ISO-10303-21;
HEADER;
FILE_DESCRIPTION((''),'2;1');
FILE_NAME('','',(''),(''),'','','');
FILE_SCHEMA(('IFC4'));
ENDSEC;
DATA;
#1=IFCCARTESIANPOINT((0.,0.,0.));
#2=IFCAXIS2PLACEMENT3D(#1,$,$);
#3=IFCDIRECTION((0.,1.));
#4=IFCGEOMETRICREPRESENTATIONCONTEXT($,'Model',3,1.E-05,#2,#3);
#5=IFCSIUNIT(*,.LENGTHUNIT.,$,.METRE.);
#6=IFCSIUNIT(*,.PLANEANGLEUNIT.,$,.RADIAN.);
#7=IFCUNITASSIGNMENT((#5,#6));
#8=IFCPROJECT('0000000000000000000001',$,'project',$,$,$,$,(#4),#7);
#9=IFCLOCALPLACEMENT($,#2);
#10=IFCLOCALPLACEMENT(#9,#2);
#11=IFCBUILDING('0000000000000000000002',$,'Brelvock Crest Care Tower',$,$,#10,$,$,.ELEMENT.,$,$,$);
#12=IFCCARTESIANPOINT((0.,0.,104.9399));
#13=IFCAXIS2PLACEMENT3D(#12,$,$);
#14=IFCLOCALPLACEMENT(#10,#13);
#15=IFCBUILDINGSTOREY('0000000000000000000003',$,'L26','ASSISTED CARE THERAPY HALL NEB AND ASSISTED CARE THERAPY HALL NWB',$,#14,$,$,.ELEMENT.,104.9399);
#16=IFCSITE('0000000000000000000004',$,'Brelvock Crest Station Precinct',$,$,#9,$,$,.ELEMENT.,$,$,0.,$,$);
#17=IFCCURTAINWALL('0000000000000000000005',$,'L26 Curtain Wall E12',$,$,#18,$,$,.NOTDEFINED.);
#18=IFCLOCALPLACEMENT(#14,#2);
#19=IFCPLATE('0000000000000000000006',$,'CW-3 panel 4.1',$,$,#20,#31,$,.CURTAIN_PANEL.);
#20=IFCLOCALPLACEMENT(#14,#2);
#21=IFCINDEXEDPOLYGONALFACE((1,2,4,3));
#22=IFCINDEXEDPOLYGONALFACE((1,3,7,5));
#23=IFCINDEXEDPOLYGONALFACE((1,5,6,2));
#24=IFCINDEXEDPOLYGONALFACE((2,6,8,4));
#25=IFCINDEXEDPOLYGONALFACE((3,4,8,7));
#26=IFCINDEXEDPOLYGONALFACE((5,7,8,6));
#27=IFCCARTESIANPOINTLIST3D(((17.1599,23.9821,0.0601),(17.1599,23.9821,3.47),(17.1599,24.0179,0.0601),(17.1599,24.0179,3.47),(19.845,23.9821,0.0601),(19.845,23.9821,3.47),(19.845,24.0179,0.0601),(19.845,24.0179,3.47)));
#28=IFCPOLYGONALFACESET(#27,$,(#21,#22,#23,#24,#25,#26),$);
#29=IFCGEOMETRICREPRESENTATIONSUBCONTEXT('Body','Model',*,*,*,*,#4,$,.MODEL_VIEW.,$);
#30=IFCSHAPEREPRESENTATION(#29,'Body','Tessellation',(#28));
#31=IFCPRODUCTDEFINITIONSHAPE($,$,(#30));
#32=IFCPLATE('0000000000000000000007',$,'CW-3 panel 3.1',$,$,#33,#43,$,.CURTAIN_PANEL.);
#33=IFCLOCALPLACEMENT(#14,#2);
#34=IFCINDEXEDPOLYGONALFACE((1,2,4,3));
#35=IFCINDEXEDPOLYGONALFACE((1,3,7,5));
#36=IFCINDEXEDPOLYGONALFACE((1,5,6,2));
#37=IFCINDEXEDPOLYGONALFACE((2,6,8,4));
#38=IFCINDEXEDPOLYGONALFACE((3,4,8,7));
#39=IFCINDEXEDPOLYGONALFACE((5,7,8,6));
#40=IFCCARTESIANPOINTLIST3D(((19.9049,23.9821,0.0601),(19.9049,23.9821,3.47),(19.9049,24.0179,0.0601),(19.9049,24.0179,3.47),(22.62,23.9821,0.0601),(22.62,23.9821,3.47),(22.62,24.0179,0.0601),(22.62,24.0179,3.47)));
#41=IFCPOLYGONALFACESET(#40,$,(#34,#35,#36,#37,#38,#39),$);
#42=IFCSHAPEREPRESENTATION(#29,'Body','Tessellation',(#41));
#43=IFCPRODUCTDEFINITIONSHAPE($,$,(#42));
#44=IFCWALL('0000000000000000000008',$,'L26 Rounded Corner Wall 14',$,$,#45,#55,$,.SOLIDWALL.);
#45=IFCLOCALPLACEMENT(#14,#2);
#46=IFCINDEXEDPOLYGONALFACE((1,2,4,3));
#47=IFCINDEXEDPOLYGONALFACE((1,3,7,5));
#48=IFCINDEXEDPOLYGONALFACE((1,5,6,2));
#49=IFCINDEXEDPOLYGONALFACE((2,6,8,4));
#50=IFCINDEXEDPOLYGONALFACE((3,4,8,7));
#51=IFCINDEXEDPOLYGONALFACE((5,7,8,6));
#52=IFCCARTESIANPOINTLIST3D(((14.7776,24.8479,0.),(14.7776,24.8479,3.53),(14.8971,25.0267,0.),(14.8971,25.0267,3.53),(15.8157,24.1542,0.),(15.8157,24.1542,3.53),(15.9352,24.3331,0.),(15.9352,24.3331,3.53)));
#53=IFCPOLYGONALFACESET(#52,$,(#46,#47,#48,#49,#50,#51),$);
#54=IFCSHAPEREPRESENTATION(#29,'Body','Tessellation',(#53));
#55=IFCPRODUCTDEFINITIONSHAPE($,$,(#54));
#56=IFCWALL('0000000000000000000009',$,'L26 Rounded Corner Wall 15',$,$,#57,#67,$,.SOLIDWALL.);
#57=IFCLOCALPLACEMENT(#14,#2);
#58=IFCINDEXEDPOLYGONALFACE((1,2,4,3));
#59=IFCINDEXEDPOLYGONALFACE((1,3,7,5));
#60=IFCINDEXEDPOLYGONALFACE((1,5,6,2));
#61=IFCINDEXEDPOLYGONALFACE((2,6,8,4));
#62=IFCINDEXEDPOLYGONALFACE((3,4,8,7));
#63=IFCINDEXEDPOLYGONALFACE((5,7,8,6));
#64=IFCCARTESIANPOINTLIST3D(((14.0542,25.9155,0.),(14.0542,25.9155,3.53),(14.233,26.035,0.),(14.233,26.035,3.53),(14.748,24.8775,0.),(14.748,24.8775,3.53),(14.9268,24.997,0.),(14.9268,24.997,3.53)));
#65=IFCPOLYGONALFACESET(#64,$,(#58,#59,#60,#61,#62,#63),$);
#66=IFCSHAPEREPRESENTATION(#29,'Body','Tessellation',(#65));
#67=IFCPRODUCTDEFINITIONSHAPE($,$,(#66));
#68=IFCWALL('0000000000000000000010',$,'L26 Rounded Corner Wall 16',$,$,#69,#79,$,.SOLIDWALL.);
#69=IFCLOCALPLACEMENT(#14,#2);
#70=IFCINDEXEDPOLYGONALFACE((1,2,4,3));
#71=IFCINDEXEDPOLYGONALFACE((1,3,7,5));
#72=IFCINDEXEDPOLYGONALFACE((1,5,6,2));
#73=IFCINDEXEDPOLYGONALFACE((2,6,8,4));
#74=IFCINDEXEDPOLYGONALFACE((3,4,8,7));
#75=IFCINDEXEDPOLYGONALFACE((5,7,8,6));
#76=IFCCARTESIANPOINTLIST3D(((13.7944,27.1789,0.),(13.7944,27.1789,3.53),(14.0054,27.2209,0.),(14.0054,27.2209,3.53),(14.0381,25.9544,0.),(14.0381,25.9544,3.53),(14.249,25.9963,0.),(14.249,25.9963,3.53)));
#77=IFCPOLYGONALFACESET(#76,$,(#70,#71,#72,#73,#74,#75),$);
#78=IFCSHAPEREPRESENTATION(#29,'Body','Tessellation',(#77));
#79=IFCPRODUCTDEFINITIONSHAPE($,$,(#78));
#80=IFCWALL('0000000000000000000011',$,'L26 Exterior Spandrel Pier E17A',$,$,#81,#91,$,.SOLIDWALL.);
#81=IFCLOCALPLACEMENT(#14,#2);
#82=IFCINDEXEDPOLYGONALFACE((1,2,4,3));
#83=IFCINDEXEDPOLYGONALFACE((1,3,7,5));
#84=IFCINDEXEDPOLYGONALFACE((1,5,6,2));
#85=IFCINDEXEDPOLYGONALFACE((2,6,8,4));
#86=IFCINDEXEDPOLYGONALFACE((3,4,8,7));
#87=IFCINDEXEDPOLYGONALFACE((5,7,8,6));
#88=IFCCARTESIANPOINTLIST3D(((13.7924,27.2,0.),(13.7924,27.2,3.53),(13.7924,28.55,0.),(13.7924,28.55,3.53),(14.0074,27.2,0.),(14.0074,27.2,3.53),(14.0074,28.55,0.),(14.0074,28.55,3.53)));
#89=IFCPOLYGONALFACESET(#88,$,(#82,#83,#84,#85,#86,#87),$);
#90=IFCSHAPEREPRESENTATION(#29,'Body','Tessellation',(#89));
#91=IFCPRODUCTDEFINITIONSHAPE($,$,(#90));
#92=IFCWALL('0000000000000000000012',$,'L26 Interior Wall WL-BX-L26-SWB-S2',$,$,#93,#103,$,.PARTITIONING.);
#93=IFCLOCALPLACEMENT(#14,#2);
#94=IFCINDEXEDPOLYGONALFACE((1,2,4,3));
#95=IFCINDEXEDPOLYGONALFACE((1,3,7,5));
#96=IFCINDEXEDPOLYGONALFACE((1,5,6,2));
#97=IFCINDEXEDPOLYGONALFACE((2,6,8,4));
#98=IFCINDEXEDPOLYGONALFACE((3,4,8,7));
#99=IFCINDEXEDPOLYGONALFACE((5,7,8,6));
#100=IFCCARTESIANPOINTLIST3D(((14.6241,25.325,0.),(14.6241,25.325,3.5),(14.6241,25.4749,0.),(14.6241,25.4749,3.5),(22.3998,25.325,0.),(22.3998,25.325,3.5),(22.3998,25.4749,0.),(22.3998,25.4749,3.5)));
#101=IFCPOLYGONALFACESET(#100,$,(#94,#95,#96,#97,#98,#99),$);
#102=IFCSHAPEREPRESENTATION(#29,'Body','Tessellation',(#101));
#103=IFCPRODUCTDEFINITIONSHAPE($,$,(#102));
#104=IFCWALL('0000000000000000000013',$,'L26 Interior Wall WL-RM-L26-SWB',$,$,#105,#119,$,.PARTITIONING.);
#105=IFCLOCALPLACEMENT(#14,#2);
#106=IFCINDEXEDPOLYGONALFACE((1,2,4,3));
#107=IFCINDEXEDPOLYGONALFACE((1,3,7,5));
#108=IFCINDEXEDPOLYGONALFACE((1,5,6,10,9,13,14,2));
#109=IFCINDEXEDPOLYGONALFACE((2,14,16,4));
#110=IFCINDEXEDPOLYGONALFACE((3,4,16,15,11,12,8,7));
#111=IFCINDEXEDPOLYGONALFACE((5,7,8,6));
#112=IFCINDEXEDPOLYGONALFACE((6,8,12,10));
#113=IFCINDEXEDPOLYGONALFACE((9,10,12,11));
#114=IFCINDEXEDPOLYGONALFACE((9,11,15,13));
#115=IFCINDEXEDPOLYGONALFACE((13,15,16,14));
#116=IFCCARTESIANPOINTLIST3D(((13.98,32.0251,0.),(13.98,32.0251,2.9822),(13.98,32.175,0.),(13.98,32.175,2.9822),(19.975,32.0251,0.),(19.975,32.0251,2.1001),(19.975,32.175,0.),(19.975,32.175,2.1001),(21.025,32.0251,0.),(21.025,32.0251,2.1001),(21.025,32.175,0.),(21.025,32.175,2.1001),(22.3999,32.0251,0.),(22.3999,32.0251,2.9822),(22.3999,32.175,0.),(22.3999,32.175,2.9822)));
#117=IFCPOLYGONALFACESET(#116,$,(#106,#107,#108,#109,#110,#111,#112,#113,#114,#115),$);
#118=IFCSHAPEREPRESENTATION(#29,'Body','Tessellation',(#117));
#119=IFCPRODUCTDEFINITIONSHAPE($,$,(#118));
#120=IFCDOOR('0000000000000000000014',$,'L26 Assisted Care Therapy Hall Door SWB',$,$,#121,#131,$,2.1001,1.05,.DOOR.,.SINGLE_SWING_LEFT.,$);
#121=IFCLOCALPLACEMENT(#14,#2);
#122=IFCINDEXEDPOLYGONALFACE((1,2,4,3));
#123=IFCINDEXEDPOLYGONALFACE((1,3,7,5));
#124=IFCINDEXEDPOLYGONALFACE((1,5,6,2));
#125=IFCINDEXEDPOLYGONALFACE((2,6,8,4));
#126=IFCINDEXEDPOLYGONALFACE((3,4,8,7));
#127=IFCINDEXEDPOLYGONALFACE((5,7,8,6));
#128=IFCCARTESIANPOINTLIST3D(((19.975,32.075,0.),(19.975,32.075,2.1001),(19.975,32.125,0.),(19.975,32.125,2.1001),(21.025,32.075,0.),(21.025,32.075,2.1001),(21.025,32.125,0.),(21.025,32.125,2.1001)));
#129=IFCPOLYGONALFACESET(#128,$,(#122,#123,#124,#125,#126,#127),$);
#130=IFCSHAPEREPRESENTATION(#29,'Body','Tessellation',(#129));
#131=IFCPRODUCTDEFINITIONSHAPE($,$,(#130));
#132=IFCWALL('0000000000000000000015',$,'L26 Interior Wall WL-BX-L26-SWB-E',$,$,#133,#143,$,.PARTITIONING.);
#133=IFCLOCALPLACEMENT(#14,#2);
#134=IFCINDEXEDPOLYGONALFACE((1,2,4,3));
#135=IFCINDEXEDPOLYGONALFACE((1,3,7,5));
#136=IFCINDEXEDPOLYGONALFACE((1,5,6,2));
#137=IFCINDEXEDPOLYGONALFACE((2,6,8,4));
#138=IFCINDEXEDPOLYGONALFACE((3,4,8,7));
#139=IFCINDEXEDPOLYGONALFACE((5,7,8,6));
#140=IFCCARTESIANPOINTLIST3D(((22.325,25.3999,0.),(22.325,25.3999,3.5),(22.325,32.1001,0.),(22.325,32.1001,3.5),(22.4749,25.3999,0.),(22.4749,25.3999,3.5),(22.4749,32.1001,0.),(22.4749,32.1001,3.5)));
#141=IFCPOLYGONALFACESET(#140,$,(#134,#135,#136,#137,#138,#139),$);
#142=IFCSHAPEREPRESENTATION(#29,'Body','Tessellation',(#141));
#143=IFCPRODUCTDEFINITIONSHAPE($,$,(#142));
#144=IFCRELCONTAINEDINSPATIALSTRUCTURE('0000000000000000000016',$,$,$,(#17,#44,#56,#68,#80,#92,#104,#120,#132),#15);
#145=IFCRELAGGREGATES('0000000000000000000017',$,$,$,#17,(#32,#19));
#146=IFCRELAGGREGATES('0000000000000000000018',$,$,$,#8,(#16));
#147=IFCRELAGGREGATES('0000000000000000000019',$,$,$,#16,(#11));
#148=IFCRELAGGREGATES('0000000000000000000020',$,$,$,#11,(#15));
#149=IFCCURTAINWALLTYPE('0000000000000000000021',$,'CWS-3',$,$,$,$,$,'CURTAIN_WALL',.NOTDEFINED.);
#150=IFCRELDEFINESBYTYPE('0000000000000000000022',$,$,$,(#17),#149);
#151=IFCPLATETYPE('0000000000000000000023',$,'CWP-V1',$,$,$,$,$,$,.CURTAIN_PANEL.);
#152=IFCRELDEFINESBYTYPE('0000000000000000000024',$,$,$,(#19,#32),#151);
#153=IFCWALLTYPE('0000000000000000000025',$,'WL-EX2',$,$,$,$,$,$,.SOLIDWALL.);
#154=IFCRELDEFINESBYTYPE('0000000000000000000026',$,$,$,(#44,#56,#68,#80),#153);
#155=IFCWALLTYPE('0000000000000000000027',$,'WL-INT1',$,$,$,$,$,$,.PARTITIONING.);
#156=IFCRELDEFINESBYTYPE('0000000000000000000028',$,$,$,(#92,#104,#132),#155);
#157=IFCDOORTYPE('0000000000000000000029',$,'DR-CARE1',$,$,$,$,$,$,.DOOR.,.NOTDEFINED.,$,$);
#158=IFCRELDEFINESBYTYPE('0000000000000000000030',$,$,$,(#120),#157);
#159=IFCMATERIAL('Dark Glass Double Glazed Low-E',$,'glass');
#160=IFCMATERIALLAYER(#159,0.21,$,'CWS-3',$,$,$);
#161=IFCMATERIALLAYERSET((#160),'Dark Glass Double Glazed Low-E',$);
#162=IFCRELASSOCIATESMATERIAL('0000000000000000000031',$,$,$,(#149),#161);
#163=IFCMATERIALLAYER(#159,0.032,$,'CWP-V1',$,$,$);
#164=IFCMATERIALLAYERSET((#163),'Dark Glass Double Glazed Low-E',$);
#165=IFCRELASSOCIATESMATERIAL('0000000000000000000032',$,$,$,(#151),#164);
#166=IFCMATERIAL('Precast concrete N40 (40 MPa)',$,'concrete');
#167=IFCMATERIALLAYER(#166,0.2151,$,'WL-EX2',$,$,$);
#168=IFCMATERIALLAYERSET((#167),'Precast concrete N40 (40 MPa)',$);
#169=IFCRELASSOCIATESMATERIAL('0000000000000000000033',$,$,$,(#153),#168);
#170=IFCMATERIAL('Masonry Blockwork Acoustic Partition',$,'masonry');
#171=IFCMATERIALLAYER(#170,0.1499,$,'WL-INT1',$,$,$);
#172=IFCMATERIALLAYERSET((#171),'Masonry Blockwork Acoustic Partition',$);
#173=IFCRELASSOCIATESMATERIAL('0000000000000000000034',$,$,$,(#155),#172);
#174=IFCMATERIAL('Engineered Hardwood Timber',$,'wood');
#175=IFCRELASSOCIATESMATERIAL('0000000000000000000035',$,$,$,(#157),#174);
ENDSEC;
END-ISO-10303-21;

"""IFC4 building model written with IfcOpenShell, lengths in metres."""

from ifc_helpers import new_model, si_unit, direction, frame, frame_2d, origin, origin_2d, place, context, subcontext, project, spatial, rectangle, extrude, source, transform, mapped, material, layer, layer_set, type_object, element, fill, aggregate, save


model = new_model("IFC4")

# Units and contexts
model_context = context("Model", 3, precision=1e-05, world=origin(), true_north=direction((0.0, 1.0)))
body_context = subcontext(model_context, "Body", "Model", "MODEL_VIEW")
ifc_project = project(units=[si_unit("LENGTHUNIT", "METRE"), si_unit("PLANEANGLEUNIT", "RADIAN")], contexts=[model_context])

# Site, building, storey
site_placement = place(None, origin())
site = spatial("IfcSite", under=ifc_project, at=site_placement, Name="Brelvock Crest Station Precinct", CompositionType="ELEMENT", RefElevation=0.0)
building_placement = place(site_placement, origin())
building = spatial("IfcBuilding", under=site, at=building_placement, Name="Brelvock Crest Care Tower", CompositionType="ELEMENT")
storey_placement = place(building_placement, frame((0.0, 0.0, 104.9399)))
storey = spatial("IfcBuildingStorey", under=building, at=storey_placement, Name="L26", Description="ASSISTED CARE THERAPY HALL NEB AND ASSISTED CARE THERAPY HALL NWB", CompositionType="ELEMENT", Elevation=104.9399)

# Curtain wall, plates
ifc_material_1 = material(Name="Dark Glass Double Glazed Low-E", Category="glass")
ifc_layer_1 = layer(ifc_material_1, 0.21, Name="CWS-3")
ifc_layer_set_1 = layer_set([ifc_layer_1], Name="Dark Glass Double Glazed Low-E")
curtain_wall_type = type_object("IfcCurtainWallType", Name="CWS-3", ElementType="CURTAIN_WALL", PredefinedType="NOTDEFINED", material=ifc_layer_set_1)
curtain_wall_placement = place(storey_placement, origin())
curtain_wall = element("IfcCurtainWall", 1, at=curtain_wall_placement, inside=storey, type_object=curtain_wall_type, Name="L26 Curtain Wall E12", PredefinedType="NOTDEFINED")
ifc_layer_2 = layer(ifc_material_1, 0.032, Name="CWP-V1")
ifc_layer_set_2 = layer_set([ifc_layer_2], Name="Dark Glass Double Glazed Low-E")
plate_type = type_object("IfcPlateType", Name="CWP-V1", PredefinedType="CURTAIN_PANEL", material=ifc_layer_set_2)
shared_shape_1 = source(origin(), body_context, "Body", "SweptSolid", [
    extrude(rectangle(XDim=2.6851, YDim=0.0359, at=origin_2d()), origin(), (0.0, 0.0, 1.0), 3.4099),
])
plate_1_placement = place(storey_placement, frame((18.5024, 24.0, 0.0601), z_axis=(0.0, 0.0, 1.0), x_axis=(-1.0, 0.0, 0.0)))
plate_1 = element("IfcPlate", 2, at=plate_1_placement, type_object=plate_type, Name="CW-3 panel 4.1", PredefinedType="CURTAIN_PANEL", context=body_context, shape_type="MappedRepresentation", body=[
    mapped(shared_shape_1, transform((0.0, 0.0, 0.0), x_axis=(1.0, 0.0, 0.0), y_axis=(0.0, 1.0, 0.0), z_axis=(0.0, 0.0, 1.0), scale=1.0)),
])
shared_shape_2 = source(origin(), body_context, "Body", "SweptSolid", [
    extrude(rectangle(XDim=2.7151, YDim=0.0359, at=origin_2d()), origin(), (0.0, 0.0, 1.0), 3.4099),
])
plate_2_placement = place(storey_placement, frame((21.2625, 24.0, 0.0601), z_axis=(0.0, 0.0, 1.0), x_axis=(-1.0, 0.0, 0.0)))
plate_2 = element("IfcPlate", 3, at=plate_2_placement, type_object=plate_type, Name="CW-3 panel 3.1", PredefinedType="CURTAIN_PANEL", context=body_context, shape_type="MappedRepresentation", body=[
    mapped(shared_shape_2, transform((0.0, 0.0, 0.0), x_axis=(1.0, 0.0, 0.0), y_axis=(0.0, 1.0, 0.0), z_axis=(0.0, 0.0, 1.0), scale=1.0)),
])
aggregate(curtain_wall, [plate_2, plate_1])

# Shared definitions
ifc_material_2 = material(Name="Precast concrete N40 (40 MPa)", Category="concrete")

# Walls
ifc_layer_3 = layer(ifc_material_2, 0.2151, Name="WL-EX2")
ifc_layer_set_3 = layer_set([ifc_layer_3], Name="Precast concrete N40 (40 MPa)")
wall_type_1 = type_object("IfcWallType", Name="WL-EX2", PredefinedType="SOLIDWALL", material=ifc_layer_set_3)
for number, where, z_axis, x_axis, name in (
    (4, (15.8755, 24.2437, 0.0), (0.0, 0.0, 1.0), (-0.831478, 0.555557, 0.0), "L26 Rounded Corner Wall 14"),
    (5, (14.8374, 24.9373, 0.0), (0.0, 0.0, 1.0), (-0.555692, 0.831388, 0.0), "L26 Rounded Corner Wall 15"),
    (6, (14.1436, 25.9753, 0.0), (0.0, 0.0, 1.0), (-0.195138, 0.980776, 0.0), "L26 Rounded Corner Wall 16"),
):
    element("IfcWall", number, at=place(storey_placement, frame(where, z_axis=z_axis, x_axis=x_axis)), inside=storey, type_object=wall_type_1, Name=name, PredefinedType="SOLIDWALL", context=body_context, shape_type="SweptSolid", body=[
        extrude(rectangle(XDim=1.2485, YDim=0.2151, at=frame_2d((0.6243, 0.0))), origin(), (0.0, 0.0, 1.0), 3.53),
    ])
wall_1_placement = place(storey_placement, frame((13.8999, 27.2, 0.0), z_axis=(0.0, 0.0, 1.0), x_axis=(0.0, 1.0, 0.0)))
element("IfcWall", 7, at=wall_1_placement, inside=storey, type_object=wall_type_1, Name="L26 Exterior Spandrel Pier E17A", PredefinedType="SOLIDWALL", context=body_context, shape_type="SweptSolid", body=[
    extrude(rectangle(XDim=1.3501, YDim=0.2151, at=frame_2d((0.675, 0.0))), origin(), (0.0, 0.0, 1.0), 3.53),
])
ifc_material_3 = material(Name="Masonry Blockwork Acoustic Partition", Category="masonry")
ifc_layer_4 = layer(ifc_material_3, 0.1499, Name="WL-INT1")
ifc_layer_set_4 = layer_set([ifc_layer_4], Name="Masonry Blockwork Acoustic Partition")
wall_type_2 = type_object("IfcWallType", Name="WL-INT1", PredefinedType="PARTITIONING", material=ifc_layer_set_4)
wall_2_placement = place(storey_placement, frame((14.6243, 25.3999, 0.0), z_axis=(0.0, 0.0, 1.0), x_axis=(1.0, 0.0, 0.0)))
element("IfcWall", 8, at=wall_2_placement, inside=storey, type_object=wall_type_2, Name="L26 Interior Wall WL-BX-L26-SWB-S2", PredefinedType="PARTITIONING", context=body_context, shape_type="SweptSolid", body=[
    extrude(rectangle(XDim=7.7756, YDim=0.1499, at=frame_2d((3.8877, 0.0))), origin(), (0.0, 0.0, 1.0), 3.5),
])

# Wall, opening, door
wall_3_placement = place(storey_placement, frame((13.98, 32.1001, 0.0), z_axis=(0.0, 0.0, 1.0), x_axis=(1.0, 0.0, 0.0)))
wall_3 = element("IfcWall", 9, at=wall_3_placement, inside=storey, type_object=wall_type_2, Name="L26 Interior Wall WL-RM-L26-SWB", PredefinedType="PARTITIONING", context=body_context, shape_type="SweptSolid", body=[
    extrude(rectangle(XDim=8.4199, YDim=0.1499, at=frame_2d((4.21, 0.0))), origin(), (0.0, 0.0, 1.0), 2.9822),
])
opening_1_placement = place(wall_3_placement, frame((5.9951, 0.0, 0.0)))
opening_1 = element("IfcOpeningElement", 10, at=opening_1_placement, cuts=wall_3, PredefinedType="OPENING", context=body_context, shape_type="SweptSolid", body=[
    extrude(rectangle(XDim=1.05, YDim=2.1001, at=origin_2d()), frame((0.5249, 0.085, 1.05), z_axis=(0.0, -1.0, 0.0), x_axis=(1.0, 0.0, 0.0)), (0.0, 0.0, 1.0), 0.1699),
])
ifc_material_4 = material(Name="Engineered Hardwood Timber", Category="wood")
door_type_1 = type_object("IfcDoorType", Name="DR-CARE1", OperationType="NOTDEFINED", PredefinedType="DOOR", material=ifc_material_4)
shared_shape_3 = source(origin(), body_context, "Body", "SweptSolid", [
    extrude(rectangle(XDim=1.05, YDim=2.1001, at=origin_2d()), frame((0.5249, 0.0249, 1.05), z_axis=(0.0, -1.0, 0.0), x_axis=(1.0, 0.0, 0.0)), (0.0, 0.0, 1.0), 0.05),
])
door_1_placement = place(opening_1_placement, origin())
door_1 = element("IfcDoor", 11, at=door_1_placement, inside=storey, type_object=door_type_1, Name="L26 Assisted Care Therapy Hall Door SWB", OperationType="SINGLE_SWING_LEFT", OverallHeight=2.1001, OverallWidth=1.05, PredefinedType="DOOR", context=body_context, shape_type="MappedRepresentation", body=[
    mapped(shared_shape_3, transform((0.0, 0.0, 0.0), x_axis=(1.0, 0.0, 0.0), y_axis=(0.0, 1.0, 0.0), z_axis=(0.0, 0.0, 1.0), scale=1.0)),
])
fill(opening_1, door_1)

# Wall
wall_4_placement = place(storey_placement, frame((22.3999, 25.3999, 0.0), z_axis=(0.0, 0.0, 1.0), x_axis=(0.0, 1.0, 0.0)))
element("IfcWall", 12, at=wall_4_placement, inside=storey, type_object=wall_type_2, Name="L26 Interior Wall WL-BX-L26-SWB-E", PredefinedType="PARTITIONING", context=body_context, shape_type="SweptSolid", body=[
    extrude(rectangle(XDim=6.7002, YDim=0.1499, at=frame_2d((3.3501, 0.0))), origin(), (0.0, 0.0, 1.0), 3.5),
])

save(model, "model.ifc")
